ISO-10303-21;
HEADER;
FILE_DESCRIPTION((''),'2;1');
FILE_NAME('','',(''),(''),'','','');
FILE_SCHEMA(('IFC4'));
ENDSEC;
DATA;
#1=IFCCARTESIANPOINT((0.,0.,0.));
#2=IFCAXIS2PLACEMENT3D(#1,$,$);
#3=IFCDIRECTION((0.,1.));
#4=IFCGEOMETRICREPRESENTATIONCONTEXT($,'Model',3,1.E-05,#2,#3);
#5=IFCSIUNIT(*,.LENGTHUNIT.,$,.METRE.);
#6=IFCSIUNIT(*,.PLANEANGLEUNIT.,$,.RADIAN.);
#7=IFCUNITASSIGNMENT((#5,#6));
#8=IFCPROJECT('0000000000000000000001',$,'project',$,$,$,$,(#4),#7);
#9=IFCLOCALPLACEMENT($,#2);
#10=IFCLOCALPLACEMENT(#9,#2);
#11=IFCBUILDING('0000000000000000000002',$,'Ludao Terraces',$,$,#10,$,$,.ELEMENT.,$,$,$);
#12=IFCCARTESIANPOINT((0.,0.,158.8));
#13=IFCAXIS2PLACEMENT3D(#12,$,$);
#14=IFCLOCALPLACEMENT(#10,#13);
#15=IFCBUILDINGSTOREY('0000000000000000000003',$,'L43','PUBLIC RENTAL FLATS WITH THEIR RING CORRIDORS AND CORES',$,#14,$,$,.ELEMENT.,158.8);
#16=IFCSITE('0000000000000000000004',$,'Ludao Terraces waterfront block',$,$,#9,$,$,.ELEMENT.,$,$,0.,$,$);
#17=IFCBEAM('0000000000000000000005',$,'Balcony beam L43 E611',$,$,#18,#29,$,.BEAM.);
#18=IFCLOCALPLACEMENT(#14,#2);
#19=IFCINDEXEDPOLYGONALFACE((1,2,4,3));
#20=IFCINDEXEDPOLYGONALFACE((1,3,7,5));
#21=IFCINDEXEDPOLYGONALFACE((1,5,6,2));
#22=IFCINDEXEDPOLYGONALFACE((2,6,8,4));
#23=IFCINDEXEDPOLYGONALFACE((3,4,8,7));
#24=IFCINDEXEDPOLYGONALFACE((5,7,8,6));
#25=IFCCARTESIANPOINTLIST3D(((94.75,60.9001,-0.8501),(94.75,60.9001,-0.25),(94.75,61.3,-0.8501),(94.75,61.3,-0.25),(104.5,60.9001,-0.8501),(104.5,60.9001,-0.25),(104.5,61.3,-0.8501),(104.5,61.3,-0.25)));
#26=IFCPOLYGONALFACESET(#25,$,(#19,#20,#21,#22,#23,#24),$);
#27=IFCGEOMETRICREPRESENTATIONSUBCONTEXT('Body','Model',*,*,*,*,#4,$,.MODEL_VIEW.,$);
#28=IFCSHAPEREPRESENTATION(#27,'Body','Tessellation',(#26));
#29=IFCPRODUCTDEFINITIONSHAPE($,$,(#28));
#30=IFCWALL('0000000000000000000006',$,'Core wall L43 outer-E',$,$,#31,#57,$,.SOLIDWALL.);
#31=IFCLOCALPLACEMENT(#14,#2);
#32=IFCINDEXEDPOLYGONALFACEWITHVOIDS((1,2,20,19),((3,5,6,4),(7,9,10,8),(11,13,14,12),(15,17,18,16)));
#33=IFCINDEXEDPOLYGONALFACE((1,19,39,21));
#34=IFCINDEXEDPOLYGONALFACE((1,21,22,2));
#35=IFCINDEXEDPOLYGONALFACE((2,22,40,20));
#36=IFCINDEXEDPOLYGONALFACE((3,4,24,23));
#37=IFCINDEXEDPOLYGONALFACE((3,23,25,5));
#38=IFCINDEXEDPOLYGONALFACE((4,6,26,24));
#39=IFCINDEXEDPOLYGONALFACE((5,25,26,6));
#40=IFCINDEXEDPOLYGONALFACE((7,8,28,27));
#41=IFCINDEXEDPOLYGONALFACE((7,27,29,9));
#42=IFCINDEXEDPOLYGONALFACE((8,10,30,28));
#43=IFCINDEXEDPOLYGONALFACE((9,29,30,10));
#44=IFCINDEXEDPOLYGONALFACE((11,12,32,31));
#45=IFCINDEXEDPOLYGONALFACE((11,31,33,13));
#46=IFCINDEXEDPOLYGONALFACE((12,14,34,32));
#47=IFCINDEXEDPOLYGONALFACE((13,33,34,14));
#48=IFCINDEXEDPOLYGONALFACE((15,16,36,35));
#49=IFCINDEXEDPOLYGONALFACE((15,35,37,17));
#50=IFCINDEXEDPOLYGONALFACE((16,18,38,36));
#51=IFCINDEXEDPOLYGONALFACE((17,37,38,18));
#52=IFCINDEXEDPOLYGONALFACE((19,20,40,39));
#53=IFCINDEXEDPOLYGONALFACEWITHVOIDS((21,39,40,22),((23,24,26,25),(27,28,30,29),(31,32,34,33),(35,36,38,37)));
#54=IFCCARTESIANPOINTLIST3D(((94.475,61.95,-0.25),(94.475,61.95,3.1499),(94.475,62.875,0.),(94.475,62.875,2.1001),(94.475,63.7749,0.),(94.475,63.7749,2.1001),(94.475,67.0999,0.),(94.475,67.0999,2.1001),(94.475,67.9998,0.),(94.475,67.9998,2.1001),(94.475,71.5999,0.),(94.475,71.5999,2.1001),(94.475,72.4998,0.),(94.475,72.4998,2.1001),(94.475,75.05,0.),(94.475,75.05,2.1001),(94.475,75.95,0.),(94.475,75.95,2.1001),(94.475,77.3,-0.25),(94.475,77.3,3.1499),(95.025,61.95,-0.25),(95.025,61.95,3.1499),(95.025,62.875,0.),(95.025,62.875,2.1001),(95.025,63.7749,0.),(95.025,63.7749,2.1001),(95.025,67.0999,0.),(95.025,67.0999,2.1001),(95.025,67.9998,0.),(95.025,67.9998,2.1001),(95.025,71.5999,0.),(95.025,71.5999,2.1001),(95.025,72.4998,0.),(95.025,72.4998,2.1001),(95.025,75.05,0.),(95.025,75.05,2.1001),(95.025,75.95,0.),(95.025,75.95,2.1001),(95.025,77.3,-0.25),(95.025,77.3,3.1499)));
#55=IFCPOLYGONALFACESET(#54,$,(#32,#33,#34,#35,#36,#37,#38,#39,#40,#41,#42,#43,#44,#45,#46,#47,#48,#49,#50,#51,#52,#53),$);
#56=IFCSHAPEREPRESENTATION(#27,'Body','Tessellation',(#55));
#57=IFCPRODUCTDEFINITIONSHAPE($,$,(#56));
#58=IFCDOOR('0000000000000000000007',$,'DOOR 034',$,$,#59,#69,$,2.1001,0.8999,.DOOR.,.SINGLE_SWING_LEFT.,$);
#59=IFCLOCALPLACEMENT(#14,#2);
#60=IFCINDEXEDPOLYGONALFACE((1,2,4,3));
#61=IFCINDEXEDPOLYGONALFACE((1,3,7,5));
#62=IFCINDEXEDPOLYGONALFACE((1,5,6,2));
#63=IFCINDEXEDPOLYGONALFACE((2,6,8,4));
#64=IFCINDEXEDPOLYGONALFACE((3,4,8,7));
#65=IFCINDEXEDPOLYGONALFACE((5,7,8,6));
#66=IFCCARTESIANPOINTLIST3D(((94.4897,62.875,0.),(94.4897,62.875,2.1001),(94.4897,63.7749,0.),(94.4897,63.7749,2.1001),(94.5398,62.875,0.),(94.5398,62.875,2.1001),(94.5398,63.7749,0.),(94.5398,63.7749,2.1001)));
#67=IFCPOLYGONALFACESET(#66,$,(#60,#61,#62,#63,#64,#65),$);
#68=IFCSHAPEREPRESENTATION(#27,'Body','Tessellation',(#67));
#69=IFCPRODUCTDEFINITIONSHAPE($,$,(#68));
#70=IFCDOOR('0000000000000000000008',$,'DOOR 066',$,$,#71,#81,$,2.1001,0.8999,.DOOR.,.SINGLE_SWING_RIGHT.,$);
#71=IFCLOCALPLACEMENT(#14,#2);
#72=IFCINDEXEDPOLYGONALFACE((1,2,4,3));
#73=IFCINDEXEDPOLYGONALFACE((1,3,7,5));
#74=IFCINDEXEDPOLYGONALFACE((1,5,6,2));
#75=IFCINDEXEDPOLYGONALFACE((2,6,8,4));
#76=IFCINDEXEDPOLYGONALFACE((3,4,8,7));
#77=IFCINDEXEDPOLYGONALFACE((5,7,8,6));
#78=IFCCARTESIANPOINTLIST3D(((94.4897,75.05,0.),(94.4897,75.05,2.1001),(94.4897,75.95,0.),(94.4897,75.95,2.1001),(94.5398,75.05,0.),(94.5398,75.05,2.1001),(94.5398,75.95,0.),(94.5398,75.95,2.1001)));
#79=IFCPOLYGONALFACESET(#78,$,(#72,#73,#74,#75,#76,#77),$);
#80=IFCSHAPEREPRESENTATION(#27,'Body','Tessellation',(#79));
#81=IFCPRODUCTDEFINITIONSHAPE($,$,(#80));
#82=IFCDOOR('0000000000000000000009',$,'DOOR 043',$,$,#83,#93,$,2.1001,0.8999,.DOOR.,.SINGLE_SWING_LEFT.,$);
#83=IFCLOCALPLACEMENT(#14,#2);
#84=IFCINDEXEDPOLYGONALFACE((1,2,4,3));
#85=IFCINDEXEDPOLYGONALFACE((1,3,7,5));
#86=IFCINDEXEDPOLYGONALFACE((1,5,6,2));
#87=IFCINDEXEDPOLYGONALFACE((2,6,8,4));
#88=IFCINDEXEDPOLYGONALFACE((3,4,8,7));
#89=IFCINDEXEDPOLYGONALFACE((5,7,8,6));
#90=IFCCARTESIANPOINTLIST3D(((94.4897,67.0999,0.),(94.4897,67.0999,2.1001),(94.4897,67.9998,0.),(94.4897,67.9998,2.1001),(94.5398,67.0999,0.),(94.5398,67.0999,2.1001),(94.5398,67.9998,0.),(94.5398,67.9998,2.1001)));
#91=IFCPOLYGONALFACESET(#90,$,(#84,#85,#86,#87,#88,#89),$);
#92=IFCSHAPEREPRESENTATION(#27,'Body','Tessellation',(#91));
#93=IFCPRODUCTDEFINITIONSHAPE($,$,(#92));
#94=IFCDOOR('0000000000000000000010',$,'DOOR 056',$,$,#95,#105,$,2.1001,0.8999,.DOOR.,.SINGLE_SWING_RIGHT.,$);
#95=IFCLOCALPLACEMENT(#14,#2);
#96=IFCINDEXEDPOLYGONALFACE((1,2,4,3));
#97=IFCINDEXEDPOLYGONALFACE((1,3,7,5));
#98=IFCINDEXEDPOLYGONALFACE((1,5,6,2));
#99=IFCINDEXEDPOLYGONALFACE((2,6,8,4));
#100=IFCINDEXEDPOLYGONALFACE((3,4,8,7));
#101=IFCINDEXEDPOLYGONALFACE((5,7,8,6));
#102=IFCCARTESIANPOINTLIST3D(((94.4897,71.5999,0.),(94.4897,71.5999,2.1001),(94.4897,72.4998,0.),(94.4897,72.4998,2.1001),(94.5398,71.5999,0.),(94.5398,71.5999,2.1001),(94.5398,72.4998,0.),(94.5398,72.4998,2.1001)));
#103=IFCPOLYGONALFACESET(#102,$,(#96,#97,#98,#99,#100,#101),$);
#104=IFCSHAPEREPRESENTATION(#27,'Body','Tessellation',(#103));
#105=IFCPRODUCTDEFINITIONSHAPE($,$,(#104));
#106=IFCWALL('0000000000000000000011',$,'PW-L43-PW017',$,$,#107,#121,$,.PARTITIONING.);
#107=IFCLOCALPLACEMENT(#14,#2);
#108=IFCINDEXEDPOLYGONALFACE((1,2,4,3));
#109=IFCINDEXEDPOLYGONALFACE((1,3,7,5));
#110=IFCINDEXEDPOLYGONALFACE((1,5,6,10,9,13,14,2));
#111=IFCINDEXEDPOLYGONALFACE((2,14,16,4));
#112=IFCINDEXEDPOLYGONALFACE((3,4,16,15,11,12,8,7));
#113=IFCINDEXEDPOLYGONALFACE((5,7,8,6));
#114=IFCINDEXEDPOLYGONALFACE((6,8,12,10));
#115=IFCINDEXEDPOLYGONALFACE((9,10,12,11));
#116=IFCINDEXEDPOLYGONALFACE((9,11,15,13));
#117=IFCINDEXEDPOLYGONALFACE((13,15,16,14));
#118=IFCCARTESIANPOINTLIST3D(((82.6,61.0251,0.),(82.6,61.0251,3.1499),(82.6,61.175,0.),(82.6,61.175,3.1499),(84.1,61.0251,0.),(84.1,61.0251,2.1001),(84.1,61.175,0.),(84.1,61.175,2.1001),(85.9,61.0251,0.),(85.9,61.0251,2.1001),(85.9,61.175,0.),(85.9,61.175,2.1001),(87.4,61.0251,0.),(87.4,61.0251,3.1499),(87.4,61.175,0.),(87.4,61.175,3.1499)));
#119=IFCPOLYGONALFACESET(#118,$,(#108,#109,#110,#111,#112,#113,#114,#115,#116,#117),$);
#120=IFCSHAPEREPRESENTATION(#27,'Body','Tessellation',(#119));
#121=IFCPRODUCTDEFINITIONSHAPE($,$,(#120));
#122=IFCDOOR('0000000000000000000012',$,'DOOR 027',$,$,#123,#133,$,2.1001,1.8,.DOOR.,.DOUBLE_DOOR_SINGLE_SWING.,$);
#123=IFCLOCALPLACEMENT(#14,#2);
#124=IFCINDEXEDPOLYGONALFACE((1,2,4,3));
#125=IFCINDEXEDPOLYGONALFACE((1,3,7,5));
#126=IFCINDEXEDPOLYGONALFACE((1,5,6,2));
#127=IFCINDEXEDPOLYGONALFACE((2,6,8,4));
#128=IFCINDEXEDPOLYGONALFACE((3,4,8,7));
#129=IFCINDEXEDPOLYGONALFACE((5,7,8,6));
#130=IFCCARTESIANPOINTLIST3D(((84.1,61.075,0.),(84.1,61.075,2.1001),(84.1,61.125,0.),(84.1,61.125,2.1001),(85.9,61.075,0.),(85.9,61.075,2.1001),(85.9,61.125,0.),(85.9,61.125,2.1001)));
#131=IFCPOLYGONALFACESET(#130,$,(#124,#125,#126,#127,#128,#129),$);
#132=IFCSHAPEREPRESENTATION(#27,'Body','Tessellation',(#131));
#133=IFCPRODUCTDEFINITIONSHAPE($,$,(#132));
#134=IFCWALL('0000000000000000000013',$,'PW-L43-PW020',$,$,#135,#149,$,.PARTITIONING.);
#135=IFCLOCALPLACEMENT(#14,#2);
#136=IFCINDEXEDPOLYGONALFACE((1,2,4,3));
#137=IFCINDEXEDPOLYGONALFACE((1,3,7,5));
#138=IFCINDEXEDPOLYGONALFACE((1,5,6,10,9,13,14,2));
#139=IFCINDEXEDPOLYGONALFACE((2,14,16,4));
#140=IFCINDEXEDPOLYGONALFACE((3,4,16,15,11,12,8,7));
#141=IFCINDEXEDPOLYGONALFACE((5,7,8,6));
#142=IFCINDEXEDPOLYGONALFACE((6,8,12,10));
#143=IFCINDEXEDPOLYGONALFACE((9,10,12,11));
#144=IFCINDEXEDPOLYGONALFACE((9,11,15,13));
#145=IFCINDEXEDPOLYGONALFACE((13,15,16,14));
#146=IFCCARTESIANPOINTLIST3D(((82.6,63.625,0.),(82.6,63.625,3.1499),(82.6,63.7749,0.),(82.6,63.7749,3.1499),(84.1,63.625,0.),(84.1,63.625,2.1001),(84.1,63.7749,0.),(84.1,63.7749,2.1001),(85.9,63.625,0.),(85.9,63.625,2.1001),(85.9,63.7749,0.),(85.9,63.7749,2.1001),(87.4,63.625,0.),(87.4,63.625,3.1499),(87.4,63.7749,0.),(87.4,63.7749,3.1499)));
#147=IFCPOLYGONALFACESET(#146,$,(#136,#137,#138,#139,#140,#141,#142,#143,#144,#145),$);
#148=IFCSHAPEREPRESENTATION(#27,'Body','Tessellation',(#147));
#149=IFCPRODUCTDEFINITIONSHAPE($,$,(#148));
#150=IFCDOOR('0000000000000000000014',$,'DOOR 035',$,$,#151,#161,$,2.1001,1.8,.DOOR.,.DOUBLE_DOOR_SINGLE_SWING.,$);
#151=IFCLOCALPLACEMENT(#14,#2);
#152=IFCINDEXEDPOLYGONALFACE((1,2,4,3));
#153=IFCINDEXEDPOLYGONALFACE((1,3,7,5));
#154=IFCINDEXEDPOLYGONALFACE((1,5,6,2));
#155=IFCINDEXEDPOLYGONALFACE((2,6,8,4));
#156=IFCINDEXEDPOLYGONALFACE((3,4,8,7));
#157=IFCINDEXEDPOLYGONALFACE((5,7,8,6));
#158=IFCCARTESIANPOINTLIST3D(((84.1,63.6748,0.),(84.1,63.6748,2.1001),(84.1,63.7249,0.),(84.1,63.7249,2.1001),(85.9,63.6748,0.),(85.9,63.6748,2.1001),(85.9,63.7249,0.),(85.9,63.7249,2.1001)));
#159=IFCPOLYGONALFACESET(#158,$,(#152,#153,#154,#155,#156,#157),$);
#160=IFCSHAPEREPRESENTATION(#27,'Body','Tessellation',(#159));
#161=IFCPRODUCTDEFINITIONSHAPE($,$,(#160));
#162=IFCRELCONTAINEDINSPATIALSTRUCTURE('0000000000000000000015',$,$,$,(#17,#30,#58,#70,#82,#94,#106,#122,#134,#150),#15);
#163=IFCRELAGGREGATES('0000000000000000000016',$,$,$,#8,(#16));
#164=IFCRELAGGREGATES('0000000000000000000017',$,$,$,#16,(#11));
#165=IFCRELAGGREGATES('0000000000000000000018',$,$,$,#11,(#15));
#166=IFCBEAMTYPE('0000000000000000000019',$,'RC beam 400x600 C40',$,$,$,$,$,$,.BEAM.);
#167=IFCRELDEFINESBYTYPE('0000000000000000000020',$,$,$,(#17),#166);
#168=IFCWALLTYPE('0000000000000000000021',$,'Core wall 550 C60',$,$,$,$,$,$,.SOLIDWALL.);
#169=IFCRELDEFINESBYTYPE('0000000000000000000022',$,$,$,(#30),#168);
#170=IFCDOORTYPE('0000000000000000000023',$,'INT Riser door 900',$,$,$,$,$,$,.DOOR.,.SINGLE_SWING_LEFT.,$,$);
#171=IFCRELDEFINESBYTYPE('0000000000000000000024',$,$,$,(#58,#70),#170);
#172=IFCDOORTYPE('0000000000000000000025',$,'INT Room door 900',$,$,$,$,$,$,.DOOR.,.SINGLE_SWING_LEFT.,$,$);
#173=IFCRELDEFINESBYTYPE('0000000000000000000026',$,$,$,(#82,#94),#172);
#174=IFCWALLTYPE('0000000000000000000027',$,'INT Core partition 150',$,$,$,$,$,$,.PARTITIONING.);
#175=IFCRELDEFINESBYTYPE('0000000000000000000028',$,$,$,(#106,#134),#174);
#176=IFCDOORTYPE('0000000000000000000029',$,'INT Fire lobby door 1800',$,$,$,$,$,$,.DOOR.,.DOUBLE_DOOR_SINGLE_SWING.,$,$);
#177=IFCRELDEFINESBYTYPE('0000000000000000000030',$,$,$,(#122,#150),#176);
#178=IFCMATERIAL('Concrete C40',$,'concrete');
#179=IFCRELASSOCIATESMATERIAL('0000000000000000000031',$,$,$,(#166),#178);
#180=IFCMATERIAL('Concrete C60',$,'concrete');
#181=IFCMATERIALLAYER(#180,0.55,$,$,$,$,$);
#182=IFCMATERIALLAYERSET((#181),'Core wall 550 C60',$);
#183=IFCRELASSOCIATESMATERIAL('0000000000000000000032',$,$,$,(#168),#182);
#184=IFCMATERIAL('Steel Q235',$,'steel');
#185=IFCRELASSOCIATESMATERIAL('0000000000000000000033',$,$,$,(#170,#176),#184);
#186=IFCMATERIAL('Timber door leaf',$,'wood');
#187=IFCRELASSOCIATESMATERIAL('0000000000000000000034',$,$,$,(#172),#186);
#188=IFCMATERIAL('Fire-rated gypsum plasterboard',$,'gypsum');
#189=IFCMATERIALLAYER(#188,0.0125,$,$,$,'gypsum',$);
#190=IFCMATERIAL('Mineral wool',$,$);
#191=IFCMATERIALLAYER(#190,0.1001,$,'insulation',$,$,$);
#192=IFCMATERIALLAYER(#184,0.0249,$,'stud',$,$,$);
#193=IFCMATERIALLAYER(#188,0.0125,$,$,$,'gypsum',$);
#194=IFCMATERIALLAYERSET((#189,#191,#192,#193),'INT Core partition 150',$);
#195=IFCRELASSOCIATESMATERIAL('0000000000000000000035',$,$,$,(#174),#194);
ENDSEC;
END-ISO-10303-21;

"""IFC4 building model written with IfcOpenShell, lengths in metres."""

from ifc_helpers import new_model, si_unit, direction, frame, frame_2d, origin, origin_2d, place, context, subcontext, project, spatial, rectangle, extrude, material, layer, layer_set, material_profile, profile_set, type_object, element, fill, save


model = new_model("IFC4")

# Units and contexts
model_context = context("Model", 3, precision=1e-05, world=origin(), true_north=direction((0.0, 1.0)))
body_context = subcontext(model_context, "Body", "Model", "MODEL_VIEW")
ifc_project = project(units=[si_unit("LENGTHUNIT", "METRE"), si_unit("PLANEANGLEUNIT", "RADIAN")], contexts=[model_context])

# Site, building, storey
site_placement = place(None, origin())
site = spatial("IfcSite", under=ifc_project, at=site_placement, Name="Ludao Terraces waterfront block", CompositionType="ELEMENT", RefElevation=0.0)
building_placement = place(site_placement, origin())
building = spatial("IfcBuilding", under=site, at=building_placement, Name="Ludao Terraces", CompositionType="ELEMENT")
storey_placement = place(building_placement, frame((0.0, 0.0, 158.8)))
storey = spatial("IfcBuildingStorey", under=building, at=storey_placement, Name="L43", Description="PUBLIC RENTAL FLATS WITH THEIR RING CORRIDORS AND CORES", CompositionType="ELEMENT", Elevation=158.8)

# Beam
ifc_material_1 = material(Name="Concrete C40", Category="concrete")
ifc_material_profile = material_profile(ifc_material_1, rectangle(XDim=0.3999, YDim=0.6001, at=origin_2d()), Name="400 X 600")
ifc_profile_set = profile_set([ifc_material_profile], Name="Concrete C40")
beam_type = type_object("IfcBeamType", Name="RC beam 400x600 C40", PredefinedType="BEAM", material=ifc_profile_set)
beam_placement = place(storey_placement, frame((94.75, 61.1001, -0.55), z_axis=(1.0, 0.0, 0.0), x_axis=(0.0, 1.0, 0.0)))
element("IfcBeam", 1, at=beam_placement, inside=storey, type_object=beam_type, Name="Balcony beam L43 E611", PredefinedType="BEAM", context=body_context, shape_type="SweptSolid", body=[
    extrude(rectangle(XDim=0.3999, YDim=0.6001, at=origin_2d()), origin(), (0.0, 0.0, 1.0), 9.75),
])

# Wall, openings, doors
ifc_material_2 = material(Name="Concrete C60", Category="concrete")
ifc_layer_1 = layer(ifc_material_2, 0.55)
ifc_layer_set_1 = layer_set([ifc_layer_1], Name="Core wall 550 C60")
wall_type_1 = type_object("IfcWallType", Name="Core wall 550 C60", PredefinedType="SOLIDWALL", material=ifc_layer_set_1)
wall_1_placement = place(storey_placement, frame((94.75, 61.95, -0.25), z_axis=(0.0, 0.0, 1.0), x_axis=(0.0, 1.0, 0.0)))
wall_1 = element("IfcWall", 2, at=wall_1_placement, inside=storey, type_object=wall_type_1, Name="Core wall L43 outer-E", PredefinedType="SOLIDWALL", context=body_context, shape_type="SweptSolid", body=[
    extrude(rectangle(XDim=15.3501, YDim=0.55, at=frame_2d((7.675, 0.0))), origin(), (0.0, 0.0, 1.0), 3.3999),
])
opening_1_placement = place(wall_1_placement, frame((0.925, 0.0, 0.25)))
opening_1 = element("IfcOpeningElement", 3, at=opening_1_placement, cuts=wall_1, PredefinedType="OPENING", context=body_context, shape_type="SweptSolid", body=[
    extrude(rectangle(XDim=0.8999, YDim=2.1001, at=frame_2d((0.45, 1.05))), frame((0.0, 0.2852, 0.0), z_axis=(0.0, -1.0, 0.0), x_axis=(1.0, 0.0, 0.0)), (0.0, 0.0, 1.0), 0.5701),
])
opening_2_placement = place(wall_1_placement, frame((5.1499, 0.0, 0.25)))
opening_2 = element("IfcOpeningElement", 4, at=opening_2_placement, cuts=wall_1, PredefinedType="OPENING", context=body_context, shape_type="SweptSolid", body=[
    extrude(rectangle(XDim=0.8999, YDim=2.1001, at=frame_2d((0.45, 1.05))), frame((0.0, 0.2852, 0.0), z_axis=(0.0, -1.0, 0.0), x_axis=(1.0, 0.0, 0.0)), (0.0, 0.0, 1.0), 0.5701),
])
opening_3_placement = place(wall_1_placement, frame((9.6499, 0.0, 0.25)))
opening_3 = element("IfcOpeningElement", 5, at=opening_3_placement, cuts=wall_1, PredefinedType="OPENING", context=body_context, shape_type="SweptSolid", body=[
    extrude(rectangle(XDim=0.8999, YDim=2.1001, at=frame_2d((0.45, 1.05))), frame((0.0, 0.2852, 0.0), z_axis=(0.0, -1.0, 0.0), x_axis=(1.0, 0.0, 0.0)), (0.0, 0.0, 1.0), 0.5701),
])
opening_4_placement = place(wall_1_placement, frame((13.1001, 0.0, 0.25)))
opening_4 = element("IfcOpeningElement", 6, at=opening_4_placement, cuts=wall_1, PredefinedType="OPENING", context=body_context, shape_type="SweptSolid", body=[
    extrude(rectangle(XDim=0.8999, YDim=2.1001, at=frame_2d((0.45, 1.05))), frame((0.0, 0.2852, 0.0), z_axis=(0.0, -1.0, 0.0), x_axis=(1.0, 0.0, 0.0)), (0.0, 0.0, 1.0), 0.5701),
])
ifc_material_3 = material(Name="Steel Q235", Category="steel")
door_type_1 = type_object("IfcDoorType", Name="INT Riser door 900", OperationType="SINGLE_SWING_LEFT", PredefinedType="DOOR", material=ifc_material_3)
door_1_placement = place(opening_1_placement, origin())
door_1 = element("IfcDoor", 7, at=door_1_placement, inside=storey, type_object=door_type_1, Name="DOOR 034", OperationType="SINGLE_SWING_LEFT", OverallHeight=2.1001, OverallWidth=0.8999, PredefinedType="DOOR", context=body_context, shape_type="SweptSolid", body=[
    extrude(rectangle(XDim=0.8999, YDim=2.1001, at=frame_2d((0.45, 1.05))), frame((0.0, 0.2603, 0.0), z_axis=(0.0, -1.0, 0.0), x_axis=(1.0, 0.0, 0.0)), (0.0, 0.0, 1.0), 0.05),
])
fill(opening_1, door_1)
door_2_placement = place(opening_4_placement, origin())
door_2 = element("IfcDoor", 8, at=door_2_placement, inside=storey, type_object=door_type_1, Name="DOOR 066", OperationType="SINGLE_SWING_RIGHT", OverallHeight=2.1001, OverallWidth=0.8999, PredefinedType="DOOR", context=body_context, shape_type="SweptSolid", body=[
    extrude(rectangle(XDim=0.8999, YDim=2.1001, at=frame_2d((0.45, 1.05))), frame((0.0, 0.2603, 0.0), z_axis=(0.0, -1.0, 0.0), x_axis=(1.0, 0.0, 0.0)), (0.0, 0.0, 1.0), 0.05),
])
fill(opening_4, door_2)
ifc_material_4 = material(Name="Timber door leaf", Category="wood")
door_type_2 = type_object("IfcDoorType", Name="INT Room door 900", OperationType="SINGLE_SWING_LEFT", PredefinedType="DOOR", material=ifc_material_4)
door_3_placement = place(opening_2_placement, origin())
door_3 = element("IfcDoor", 9, at=door_3_placement, inside=storey, type_object=door_type_2, Name="DOOR 043", OperationType="SINGLE_SWING_LEFT", OverallHeight=2.1001, OverallWidth=0.8999, PredefinedType="DOOR", context=body_context, shape_type="SweptSolid", body=[
    extrude(rectangle(XDim=0.8999, YDim=2.1001, at=frame_2d((0.45, 1.05))), frame((0.0, 0.2603, 0.0), z_axis=(0.0, -1.0, 0.0), x_axis=(1.0, 0.0, 0.0)), (0.0, 0.0, 1.0), 0.05),
])
fill(opening_2, door_3)
door_4_placement = place(opening_3_placement, origin())
door_4 = element("IfcDoor", 10, at=door_4_placement, inside=storey, type_object=door_type_2, Name="DOOR 056", OperationType="SINGLE_SWING_RIGHT", OverallHeight=2.1001, OverallWidth=0.8999, PredefinedType="DOOR", context=body_context, shape_type="SweptSolid", body=[
    extrude(rectangle(XDim=0.8999, YDim=2.1001, at=frame_2d((0.45, 1.05))), frame((0.0, 0.2603, 0.0), z_axis=(0.0, -1.0, 0.0), x_axis=(1.0, 0.0, 0.0)), (0.0, 0.0, 1.0), 0.05),
])
fill(opening_3, door_4)

# Walls, openings, doors
ifc_material_5 = material(Name="Fire-rated gypsum plasterboard", Category="gypsum")
ifc_layer_2 = layer(ifc_material_5, 0.0125, Category="gypsum")
ifc_material_6 = material(Name="Mineral wool")
ifc_layer_3 = layer(ifc_material_6, 0.1001, Name="insulation")
ifc_layer_4 = layer(ifc_material_3, 0.0249, Name="stud")
ifc_layer_5 = layer(ifc_material_5, 0.0125, Category="gypsum")
ifc_layer_set_2 = layer_set([ifc_layer_2, ifc_layer_3, ifc_layer_4, ifc_layer_5], Name="INT Core partition 150")
wall_type_2 = type_object("IfcWallType", Name="INT Core partition 150", PredefinedType="PARTITIONING", material=ifc_layer_set_2)
wall_2_placement = place(storey_placement, frame((82.6001, 61.1001, 0.0), z_axis=(0.0, 0.0, 1.0), x_axis=(1.0, 0.0, 0.0)))
wall_2 = element("IfcWall", 11, at=wall_2_placement, inside=storey, type_object=wall_type_2, Name="PW-L43-PW017", PredefinedType="PARTITIONING", context=body_context, shape_type="SweptSolid", body=[
    extrude(rectangle(XDim=4.8, YDim=0.1499, at=frame_2d((2.3999, 0.0))), origin(), (0.0, 0.0, 1.0), 3.1499),
])
opening_5_placement = place(wall_2_placement, frame((1.5, 0.0, 0.0)))
opening_5 = element("IfcOpeningElement", 12, at=opening_5_placement, cuts=wall_2, PredefinedType="OPENING", context=body_context, shape_type="SweptSolid", body=[
    extrude(rectangle(XDim=1.8, YDim=2.1001, at=frame_2d((0.8999, 1.05))), frame((0.0, 0.085, 0.0), z_axis=(0.0, -1.0, 0.0), x_axis=(1.0, 0.0, 0.0)), (0.0, 0.0, 1.0), 0.1699),
])
door_type_3 = type_object("IfcDoorType", Name="INT Fire lobby door 1800", OperationType="DOUBLE_DOOR_SINGLE_SWING", PredefinedType="DOOR", material=ifc_material_3)
door_5_placement = place(opening_5_placement, origin())
door_5 = element("IfcDoor", 13, at=door_5_placement, inside=storey, type_object=door_type_3, Name="DOOR 027", OperationType="DOUBLE_DOOR_SINGLE_SWING", OverallHeight=2.1001, OverallWidth=1.8, PredefinedType="DOOR", context=body_context, shape_type="SweptSolid", body=[
    extrude(rectangle(XDim=1.8, YDim=2.1001, at=frame_2d((0.8999, 1.05))), frame((0.0, 0.0249, 0.0), z_axis=(0.0, -1.0, 0.0), x_axis=(1.0, 0.0, 0.0)), (0.0, 0.0, 1.0), 0.05),
])
fill(opening_5, door_5)
wall_3_placement = place(storey_placement, frame((82.6001, 63.7, 0.0), z_axis=(0.0, 0.0, 1.0), x_axis=(1.0, 0.0, 0.0)))
wall_3 = element("IfcWall", 14, at=wall_3_placement, inside=storey, type_object=wall_type_2, Name="PW-L43-PW020", PredefinedType="PARTITIONING", context=body_context, shape_type="SweptSolid", body=[
    extrude(rectangle(XDim=4.8, YDim=0.1499, at=frame_2d((2.3999, 0.0))), origin(), (0.0, 0.0, 1.0), 3.1499),
])
opening_6_placement = place(wall_3_placement, frame((1.5, 0.0, 0.0)))
opening_6 = element("IfcOpeningElement", 15, at=opening_6_placement, cuts=wall_3, PredefinedType="OPENING", context=body_context, shape_type="SweptSolid", body=[
    extrude(rectangle(XDim=1.8, YDim=2.1001, at=frame_2d((0.8999, 1.05))), frame((0.0, 0.085, 0.0), z_axis=(0.0, -1.0, 0.0), x_axis=(1.0, 0.0, 0.0)), (0.0, 0.0, 1.0), 0.1699),
])
door_6_placement = place(opening_6_placement, origin())
door_6 = element("IfcDoor", 16, at=door_6_placement, inside=storey, type_object=door_type_3, Name="DOOR 035", OperationType="DOUBLE_DOOR_SINGLE_SWING", OverallHeight=2.1001, OverallWidth=1.8, PredefinedType="DOOR", context=body_context, shape_type="SweptSolid", body=[
    extrude(rectangle(XDim=1.8, YDim=2.1001, at=frame_2d((0.8999, 1.05))), frame((0.0, 0.0249, 0.0), z_axis=(0.0, -1.0, 0.0), x_axis=(1.0, 0.0, 0.0)), (0.0, 0.0, 1.0), 0.05),
])
fill(opening_6, door_6)

save(model, "model.ifc")
